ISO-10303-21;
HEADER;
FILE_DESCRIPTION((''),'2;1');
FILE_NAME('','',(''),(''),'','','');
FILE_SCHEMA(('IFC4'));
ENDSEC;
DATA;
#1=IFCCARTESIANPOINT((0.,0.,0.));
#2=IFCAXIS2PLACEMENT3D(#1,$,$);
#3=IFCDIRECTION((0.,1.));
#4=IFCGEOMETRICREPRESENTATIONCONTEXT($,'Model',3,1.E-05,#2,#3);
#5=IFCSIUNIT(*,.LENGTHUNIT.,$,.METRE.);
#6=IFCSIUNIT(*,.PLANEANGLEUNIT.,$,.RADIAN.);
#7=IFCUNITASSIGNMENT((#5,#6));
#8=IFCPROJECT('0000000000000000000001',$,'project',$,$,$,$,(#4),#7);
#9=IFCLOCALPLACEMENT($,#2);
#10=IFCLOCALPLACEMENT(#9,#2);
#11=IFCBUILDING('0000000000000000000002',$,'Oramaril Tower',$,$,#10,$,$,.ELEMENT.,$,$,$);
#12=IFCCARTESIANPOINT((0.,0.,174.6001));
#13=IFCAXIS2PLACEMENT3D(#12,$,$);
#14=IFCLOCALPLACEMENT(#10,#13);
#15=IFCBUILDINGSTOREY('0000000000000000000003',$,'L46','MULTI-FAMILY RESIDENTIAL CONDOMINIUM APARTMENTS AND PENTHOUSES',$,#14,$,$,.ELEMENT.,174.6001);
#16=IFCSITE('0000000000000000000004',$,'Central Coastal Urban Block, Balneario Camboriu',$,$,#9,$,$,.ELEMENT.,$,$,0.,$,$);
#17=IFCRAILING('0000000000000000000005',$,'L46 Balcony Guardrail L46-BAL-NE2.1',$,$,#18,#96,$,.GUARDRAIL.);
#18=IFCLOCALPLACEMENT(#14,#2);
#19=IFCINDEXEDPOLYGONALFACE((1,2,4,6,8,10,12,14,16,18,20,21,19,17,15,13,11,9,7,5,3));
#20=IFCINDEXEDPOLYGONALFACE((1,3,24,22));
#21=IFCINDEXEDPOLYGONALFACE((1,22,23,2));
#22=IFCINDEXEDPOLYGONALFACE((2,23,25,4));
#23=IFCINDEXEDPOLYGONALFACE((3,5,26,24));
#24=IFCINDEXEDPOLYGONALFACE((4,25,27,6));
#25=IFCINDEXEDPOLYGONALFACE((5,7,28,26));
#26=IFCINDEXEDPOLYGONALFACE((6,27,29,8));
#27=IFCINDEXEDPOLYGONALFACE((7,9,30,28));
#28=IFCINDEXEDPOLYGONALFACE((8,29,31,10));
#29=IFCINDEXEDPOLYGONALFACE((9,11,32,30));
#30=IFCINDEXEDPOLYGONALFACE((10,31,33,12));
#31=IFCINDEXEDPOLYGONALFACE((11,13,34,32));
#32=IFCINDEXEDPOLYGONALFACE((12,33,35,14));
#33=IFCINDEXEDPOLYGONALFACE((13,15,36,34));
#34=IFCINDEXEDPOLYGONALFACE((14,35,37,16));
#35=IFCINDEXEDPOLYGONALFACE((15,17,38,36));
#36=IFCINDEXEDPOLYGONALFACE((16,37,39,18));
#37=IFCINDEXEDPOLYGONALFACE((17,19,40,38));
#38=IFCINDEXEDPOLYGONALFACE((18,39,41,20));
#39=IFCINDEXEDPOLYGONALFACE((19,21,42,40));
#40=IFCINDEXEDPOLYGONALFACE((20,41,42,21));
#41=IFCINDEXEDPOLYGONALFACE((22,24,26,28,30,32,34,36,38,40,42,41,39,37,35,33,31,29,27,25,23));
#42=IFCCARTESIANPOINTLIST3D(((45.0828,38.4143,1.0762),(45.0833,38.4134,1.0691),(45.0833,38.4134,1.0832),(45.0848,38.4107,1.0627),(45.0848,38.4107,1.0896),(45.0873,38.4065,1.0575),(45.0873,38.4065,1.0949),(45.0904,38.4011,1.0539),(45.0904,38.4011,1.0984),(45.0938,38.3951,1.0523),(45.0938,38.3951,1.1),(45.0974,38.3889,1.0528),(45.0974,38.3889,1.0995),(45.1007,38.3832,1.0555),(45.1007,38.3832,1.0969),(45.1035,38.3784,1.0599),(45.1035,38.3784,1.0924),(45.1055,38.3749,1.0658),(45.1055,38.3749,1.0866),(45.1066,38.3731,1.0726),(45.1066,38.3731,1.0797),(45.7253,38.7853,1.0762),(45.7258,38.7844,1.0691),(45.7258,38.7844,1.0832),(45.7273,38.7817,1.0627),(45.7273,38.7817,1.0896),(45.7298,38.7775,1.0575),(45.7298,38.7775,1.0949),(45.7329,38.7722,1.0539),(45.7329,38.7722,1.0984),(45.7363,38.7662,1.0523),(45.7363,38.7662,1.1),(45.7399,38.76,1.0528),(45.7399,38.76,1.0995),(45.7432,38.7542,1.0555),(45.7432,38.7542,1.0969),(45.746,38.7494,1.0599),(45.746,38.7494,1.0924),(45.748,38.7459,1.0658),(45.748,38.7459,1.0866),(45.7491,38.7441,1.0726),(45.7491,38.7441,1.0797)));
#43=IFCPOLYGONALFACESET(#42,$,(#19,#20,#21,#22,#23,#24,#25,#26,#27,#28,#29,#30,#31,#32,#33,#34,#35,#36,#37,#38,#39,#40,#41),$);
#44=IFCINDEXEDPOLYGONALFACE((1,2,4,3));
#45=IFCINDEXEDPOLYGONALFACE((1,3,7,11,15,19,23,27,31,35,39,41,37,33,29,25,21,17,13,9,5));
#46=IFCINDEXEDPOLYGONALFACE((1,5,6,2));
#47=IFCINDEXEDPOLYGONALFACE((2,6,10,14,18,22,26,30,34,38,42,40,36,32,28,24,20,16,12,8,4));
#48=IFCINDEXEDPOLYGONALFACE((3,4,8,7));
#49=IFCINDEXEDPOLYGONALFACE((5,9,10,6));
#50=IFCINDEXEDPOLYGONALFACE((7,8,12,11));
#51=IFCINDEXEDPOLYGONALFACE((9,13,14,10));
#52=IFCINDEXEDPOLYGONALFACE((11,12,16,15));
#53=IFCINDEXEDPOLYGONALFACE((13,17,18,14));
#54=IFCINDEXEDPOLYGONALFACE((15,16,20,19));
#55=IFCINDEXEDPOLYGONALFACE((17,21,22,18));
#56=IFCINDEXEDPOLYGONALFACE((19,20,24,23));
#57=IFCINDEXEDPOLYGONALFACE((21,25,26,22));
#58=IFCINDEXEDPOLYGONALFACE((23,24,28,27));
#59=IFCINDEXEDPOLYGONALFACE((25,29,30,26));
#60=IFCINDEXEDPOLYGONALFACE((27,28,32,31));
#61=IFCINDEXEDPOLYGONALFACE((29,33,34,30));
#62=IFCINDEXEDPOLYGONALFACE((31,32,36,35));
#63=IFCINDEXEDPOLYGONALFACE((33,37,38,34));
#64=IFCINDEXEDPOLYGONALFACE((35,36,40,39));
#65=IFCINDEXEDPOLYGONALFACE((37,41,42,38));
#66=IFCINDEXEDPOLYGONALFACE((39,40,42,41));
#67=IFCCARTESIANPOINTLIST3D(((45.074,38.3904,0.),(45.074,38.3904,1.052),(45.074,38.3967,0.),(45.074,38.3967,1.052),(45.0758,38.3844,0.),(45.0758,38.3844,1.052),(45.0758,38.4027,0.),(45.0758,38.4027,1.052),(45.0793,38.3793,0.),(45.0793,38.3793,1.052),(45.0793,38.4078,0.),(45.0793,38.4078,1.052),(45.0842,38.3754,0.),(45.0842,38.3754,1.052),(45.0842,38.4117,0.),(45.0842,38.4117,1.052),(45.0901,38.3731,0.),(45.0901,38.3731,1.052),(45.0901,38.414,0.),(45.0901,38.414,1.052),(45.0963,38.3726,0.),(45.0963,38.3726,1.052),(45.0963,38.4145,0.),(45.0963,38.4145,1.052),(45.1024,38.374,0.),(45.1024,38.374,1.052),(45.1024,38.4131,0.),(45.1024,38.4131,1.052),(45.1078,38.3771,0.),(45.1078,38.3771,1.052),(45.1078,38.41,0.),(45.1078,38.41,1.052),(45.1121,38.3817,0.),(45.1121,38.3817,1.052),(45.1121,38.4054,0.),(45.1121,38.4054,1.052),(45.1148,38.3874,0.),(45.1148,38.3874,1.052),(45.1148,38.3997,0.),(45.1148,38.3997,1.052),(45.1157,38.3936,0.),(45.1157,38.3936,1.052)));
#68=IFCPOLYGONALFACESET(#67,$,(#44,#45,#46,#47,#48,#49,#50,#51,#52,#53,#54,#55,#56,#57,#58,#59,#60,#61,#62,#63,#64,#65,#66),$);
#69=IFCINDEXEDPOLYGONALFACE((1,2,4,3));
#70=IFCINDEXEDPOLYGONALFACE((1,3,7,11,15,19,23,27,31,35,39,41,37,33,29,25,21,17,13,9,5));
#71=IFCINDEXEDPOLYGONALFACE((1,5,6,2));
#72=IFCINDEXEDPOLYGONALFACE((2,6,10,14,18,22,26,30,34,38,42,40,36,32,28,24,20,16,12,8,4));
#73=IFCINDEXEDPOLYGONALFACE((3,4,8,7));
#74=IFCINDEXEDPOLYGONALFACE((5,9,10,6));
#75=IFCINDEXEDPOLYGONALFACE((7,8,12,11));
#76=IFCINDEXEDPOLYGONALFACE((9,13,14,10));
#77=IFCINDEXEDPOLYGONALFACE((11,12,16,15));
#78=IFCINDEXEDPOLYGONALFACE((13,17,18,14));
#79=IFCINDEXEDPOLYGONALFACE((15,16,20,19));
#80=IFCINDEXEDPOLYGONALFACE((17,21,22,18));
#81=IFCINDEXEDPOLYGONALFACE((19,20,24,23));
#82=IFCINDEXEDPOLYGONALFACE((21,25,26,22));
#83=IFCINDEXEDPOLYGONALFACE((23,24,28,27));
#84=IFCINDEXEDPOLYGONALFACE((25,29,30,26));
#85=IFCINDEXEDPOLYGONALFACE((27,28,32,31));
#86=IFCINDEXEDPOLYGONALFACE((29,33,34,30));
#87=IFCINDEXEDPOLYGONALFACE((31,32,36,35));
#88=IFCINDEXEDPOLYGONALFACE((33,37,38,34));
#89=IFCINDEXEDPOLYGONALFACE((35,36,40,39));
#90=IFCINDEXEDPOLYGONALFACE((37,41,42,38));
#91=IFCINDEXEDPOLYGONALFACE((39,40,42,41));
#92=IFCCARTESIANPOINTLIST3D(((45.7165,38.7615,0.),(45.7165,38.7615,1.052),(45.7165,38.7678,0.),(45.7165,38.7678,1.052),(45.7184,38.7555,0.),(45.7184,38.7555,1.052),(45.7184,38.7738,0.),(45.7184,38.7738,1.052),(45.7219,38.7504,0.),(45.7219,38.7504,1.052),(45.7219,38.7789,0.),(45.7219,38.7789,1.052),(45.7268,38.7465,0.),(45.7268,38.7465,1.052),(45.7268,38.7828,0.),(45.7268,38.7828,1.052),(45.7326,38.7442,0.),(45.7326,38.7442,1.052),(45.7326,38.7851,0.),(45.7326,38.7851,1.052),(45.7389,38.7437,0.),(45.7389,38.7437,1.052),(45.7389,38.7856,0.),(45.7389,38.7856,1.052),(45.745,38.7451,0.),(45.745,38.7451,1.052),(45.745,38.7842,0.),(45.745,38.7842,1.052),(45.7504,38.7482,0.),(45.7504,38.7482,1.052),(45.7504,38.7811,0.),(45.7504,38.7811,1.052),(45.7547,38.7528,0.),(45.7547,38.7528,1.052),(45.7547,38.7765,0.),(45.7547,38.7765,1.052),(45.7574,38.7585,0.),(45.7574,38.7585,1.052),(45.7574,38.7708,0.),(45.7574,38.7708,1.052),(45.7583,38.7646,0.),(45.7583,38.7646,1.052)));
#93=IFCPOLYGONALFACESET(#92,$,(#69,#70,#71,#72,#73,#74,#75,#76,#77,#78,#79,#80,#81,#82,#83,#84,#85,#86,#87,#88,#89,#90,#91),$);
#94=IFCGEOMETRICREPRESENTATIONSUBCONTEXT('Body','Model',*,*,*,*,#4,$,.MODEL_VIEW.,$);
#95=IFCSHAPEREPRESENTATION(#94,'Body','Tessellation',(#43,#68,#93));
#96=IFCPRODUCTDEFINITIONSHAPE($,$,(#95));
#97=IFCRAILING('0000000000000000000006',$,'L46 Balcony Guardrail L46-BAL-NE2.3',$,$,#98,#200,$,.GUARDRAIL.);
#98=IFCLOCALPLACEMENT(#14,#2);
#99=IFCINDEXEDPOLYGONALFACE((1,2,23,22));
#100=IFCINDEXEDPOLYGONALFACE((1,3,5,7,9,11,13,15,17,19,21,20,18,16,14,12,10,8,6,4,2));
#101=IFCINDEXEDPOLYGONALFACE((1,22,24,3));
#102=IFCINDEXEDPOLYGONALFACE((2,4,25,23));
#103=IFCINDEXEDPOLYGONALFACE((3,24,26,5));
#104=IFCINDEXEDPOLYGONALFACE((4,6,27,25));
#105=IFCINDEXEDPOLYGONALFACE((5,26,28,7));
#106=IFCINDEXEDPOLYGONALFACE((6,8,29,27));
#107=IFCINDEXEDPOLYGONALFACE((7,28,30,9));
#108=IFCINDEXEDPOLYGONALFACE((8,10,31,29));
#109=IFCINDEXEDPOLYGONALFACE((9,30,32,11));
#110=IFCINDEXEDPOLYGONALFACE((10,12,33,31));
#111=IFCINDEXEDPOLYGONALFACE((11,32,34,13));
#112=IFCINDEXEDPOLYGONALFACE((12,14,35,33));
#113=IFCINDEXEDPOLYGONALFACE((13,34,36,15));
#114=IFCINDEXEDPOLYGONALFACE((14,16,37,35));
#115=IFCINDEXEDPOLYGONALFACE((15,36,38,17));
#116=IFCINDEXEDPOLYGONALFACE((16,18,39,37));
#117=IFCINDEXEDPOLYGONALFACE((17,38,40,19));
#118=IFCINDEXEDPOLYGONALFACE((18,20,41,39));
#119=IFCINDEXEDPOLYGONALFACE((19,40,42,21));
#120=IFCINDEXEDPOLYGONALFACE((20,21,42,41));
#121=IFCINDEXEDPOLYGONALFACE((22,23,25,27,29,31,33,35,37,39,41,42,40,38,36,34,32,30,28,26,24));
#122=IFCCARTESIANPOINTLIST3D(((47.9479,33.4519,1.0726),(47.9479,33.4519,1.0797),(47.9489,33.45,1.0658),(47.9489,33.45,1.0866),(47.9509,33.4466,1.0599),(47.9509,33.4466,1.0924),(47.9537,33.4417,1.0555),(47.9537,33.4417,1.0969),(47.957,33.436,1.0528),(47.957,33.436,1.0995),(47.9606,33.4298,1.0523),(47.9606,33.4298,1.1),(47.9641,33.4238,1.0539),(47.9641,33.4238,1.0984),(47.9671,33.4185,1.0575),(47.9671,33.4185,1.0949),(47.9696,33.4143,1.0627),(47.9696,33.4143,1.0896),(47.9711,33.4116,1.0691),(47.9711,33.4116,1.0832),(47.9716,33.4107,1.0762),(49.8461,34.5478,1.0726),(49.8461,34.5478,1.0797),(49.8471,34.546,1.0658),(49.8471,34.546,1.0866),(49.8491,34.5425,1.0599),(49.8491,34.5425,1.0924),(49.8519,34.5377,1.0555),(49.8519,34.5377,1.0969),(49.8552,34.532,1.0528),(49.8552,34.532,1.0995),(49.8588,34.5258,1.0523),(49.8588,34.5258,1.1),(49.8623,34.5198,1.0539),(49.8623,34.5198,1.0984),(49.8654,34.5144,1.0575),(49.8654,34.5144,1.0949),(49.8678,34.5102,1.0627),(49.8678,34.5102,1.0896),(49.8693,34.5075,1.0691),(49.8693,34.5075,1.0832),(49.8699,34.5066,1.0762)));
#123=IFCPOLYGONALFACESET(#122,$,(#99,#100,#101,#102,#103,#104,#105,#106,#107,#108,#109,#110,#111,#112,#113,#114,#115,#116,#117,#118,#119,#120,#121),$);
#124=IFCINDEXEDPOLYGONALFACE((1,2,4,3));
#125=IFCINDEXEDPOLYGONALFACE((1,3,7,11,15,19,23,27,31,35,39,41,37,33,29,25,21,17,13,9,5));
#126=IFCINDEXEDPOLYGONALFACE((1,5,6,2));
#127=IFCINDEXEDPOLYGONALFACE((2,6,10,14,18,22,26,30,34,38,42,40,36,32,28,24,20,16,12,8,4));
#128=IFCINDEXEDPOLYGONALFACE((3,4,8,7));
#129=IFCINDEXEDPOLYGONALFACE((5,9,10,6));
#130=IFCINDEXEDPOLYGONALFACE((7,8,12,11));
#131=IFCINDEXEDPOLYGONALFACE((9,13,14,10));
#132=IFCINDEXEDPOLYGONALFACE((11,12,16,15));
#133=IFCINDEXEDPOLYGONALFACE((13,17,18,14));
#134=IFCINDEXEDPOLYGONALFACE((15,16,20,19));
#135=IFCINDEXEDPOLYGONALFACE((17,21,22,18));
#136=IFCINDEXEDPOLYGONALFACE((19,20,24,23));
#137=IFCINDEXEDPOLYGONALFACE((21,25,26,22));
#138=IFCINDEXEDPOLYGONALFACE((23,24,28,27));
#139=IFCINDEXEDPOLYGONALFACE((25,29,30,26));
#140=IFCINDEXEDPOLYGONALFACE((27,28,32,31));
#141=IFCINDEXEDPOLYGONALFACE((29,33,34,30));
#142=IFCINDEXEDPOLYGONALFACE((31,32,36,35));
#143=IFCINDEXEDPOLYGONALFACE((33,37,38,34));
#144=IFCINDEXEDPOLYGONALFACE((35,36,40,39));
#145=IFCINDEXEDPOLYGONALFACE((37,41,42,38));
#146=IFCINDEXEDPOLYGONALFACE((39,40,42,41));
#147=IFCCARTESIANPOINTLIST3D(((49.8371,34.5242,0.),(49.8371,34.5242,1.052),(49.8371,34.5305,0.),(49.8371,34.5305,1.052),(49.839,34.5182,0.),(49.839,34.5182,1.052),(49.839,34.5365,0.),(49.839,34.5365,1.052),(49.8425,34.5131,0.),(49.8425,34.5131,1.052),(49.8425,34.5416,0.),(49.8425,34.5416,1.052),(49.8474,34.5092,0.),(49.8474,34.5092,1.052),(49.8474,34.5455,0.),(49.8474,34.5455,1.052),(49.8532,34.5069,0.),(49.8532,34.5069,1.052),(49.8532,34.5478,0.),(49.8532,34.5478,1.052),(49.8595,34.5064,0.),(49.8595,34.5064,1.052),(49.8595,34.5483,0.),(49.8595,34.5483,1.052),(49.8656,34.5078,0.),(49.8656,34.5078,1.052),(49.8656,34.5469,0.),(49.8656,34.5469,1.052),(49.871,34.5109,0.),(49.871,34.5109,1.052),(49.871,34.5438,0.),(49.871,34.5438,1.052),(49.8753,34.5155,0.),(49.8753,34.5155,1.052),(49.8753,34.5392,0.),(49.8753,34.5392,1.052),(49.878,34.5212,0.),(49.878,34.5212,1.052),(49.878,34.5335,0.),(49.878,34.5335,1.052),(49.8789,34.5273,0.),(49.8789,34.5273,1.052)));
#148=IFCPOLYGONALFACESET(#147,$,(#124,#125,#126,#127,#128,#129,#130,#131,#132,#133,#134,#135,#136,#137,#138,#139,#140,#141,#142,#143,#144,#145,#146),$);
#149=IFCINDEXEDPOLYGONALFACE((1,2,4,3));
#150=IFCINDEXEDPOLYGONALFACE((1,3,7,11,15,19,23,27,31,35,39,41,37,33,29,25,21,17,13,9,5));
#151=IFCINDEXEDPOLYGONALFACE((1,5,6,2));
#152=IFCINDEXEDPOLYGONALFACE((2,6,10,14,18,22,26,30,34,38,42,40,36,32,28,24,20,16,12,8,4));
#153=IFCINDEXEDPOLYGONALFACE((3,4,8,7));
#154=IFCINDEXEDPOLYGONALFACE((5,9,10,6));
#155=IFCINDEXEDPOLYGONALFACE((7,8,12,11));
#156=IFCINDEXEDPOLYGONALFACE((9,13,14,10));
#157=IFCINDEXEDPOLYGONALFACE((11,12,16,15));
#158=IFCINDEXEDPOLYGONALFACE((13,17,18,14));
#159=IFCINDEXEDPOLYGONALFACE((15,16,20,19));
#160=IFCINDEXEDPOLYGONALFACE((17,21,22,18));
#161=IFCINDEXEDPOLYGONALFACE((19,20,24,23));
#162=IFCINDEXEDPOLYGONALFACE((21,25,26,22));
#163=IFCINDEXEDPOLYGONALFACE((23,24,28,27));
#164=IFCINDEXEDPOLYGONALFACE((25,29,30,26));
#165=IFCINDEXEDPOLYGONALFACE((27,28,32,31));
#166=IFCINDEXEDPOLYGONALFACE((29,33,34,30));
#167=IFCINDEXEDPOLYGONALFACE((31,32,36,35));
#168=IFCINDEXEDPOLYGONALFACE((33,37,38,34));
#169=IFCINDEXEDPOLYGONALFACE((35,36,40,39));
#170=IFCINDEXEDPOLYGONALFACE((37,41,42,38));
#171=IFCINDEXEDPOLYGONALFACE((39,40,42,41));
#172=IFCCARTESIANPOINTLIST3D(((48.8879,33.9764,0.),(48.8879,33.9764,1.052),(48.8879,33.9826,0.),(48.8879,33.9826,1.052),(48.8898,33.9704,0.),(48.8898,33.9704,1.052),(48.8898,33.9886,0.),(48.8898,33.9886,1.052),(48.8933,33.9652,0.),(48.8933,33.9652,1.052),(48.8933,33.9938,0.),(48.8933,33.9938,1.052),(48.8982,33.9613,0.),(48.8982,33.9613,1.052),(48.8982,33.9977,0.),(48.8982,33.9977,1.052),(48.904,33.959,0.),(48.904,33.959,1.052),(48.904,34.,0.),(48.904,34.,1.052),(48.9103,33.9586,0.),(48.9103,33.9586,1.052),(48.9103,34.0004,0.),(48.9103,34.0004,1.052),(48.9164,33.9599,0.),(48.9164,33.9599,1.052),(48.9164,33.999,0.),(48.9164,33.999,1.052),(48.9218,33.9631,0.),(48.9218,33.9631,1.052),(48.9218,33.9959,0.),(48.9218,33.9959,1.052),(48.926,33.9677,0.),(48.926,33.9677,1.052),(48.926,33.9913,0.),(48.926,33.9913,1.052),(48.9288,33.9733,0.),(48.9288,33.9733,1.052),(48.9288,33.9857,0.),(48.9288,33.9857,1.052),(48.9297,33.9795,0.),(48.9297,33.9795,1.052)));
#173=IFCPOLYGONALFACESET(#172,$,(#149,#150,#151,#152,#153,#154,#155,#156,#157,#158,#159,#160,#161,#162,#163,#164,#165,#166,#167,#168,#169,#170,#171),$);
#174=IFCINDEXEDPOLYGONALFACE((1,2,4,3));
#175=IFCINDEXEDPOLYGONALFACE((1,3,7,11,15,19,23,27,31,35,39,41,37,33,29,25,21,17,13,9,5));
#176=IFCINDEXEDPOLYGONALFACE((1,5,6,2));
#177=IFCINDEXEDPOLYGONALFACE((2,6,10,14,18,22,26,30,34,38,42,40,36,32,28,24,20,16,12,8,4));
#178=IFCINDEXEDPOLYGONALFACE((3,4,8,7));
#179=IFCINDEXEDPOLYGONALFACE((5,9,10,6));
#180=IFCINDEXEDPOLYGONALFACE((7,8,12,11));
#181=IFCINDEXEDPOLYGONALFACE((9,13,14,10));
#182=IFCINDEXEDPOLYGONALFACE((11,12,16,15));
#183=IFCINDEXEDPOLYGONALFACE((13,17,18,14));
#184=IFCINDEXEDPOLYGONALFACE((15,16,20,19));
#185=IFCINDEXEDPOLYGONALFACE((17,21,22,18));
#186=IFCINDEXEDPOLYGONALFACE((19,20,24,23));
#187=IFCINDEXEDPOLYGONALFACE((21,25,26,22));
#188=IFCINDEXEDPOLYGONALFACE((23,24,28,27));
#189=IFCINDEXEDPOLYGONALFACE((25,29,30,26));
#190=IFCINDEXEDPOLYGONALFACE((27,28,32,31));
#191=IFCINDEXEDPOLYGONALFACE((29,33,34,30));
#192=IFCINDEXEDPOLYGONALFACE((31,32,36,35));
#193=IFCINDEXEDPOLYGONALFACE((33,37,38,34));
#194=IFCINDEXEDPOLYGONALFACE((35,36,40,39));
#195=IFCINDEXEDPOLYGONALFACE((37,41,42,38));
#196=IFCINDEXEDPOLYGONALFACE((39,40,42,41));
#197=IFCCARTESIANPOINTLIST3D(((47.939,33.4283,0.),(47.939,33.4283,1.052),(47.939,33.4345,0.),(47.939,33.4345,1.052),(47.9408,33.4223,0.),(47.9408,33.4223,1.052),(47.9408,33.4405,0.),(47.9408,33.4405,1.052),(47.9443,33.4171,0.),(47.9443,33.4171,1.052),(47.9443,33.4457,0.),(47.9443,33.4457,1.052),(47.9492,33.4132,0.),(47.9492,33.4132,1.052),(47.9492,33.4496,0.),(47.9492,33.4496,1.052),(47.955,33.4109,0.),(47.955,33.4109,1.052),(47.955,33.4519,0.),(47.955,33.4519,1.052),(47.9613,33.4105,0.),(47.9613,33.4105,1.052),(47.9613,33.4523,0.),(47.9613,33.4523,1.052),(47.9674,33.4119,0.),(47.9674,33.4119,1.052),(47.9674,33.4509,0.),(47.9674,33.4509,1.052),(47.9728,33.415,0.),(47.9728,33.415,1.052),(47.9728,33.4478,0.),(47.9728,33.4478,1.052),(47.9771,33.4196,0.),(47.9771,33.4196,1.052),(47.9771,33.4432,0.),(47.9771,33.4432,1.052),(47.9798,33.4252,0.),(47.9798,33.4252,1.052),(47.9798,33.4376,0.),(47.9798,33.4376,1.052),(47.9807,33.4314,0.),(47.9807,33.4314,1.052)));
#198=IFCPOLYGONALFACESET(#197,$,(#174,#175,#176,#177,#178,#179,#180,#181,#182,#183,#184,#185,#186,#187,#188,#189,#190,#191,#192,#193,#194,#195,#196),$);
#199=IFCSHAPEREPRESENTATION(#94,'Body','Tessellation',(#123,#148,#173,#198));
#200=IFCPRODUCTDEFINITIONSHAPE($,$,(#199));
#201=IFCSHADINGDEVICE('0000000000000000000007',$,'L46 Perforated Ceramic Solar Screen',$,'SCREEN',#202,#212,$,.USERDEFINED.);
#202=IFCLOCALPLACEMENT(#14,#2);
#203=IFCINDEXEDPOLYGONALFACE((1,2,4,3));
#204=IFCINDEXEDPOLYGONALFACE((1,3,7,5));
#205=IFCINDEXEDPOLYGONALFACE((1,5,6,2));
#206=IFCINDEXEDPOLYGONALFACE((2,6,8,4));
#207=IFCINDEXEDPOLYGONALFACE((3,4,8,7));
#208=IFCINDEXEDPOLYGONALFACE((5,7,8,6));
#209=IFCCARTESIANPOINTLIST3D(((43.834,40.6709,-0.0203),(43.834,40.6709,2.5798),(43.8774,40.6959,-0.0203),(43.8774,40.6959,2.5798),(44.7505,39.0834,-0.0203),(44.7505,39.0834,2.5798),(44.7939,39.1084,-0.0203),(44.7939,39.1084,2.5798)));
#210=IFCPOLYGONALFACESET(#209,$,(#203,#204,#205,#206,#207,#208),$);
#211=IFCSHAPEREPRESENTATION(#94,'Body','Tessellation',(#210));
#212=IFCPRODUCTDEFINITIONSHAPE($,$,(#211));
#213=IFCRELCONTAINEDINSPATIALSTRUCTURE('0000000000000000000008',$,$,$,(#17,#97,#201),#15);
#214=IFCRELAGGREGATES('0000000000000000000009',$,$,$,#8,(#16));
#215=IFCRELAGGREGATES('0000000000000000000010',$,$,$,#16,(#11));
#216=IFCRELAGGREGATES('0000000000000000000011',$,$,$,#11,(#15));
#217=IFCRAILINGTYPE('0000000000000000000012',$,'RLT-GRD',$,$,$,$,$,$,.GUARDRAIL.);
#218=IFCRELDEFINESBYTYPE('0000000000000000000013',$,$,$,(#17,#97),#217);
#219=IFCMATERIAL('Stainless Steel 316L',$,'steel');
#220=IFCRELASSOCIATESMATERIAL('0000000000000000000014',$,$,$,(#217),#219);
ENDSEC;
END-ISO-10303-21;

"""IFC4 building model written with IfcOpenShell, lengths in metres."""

from ifc_helpers import new_model, si_unit, direction, frame, origin, origin_2d, place, context, subcontext, project, spatial, rectangle, circle, extrude, material, type_object, element, save


model = new_model("IFC4")

# Units and contexts
model_context = context("Model", 3, precision=1e-05, world=origin(), true_north=direction((0.0, 1.0)))
body_context = subcontext(model_context, "Body", "Model", "MODEL_VIEW")
ifc_project = project(units=[si_unit("LENGTHUNIT", "METRE"), si_unit("PLANEANGLEUNIT", "RADIAN")], contexts=[model_context])

# Site, building, storey
site_placement = place(None, origin())
site = spatial("IfcSite", under=ifc_project, at=site_placement, Name="Central Coastal Urban Block, Balneario Camboriu", CompositionType="ELEMENT", RefElevation=0.0)
building_placement = place(site_placement, origin())
building = spatial("IfcBuilding", under=site, at=building_placement, Name="Oramaril Tower", CompositionType="ELEMENT")
storey_placement = place(building_placement, frame((0.0, 0.0, 174.6001)))
storey = spatial("IfcBuildingStorey", under=building, at=storey_placement, Name="L46", Description="MULTI-FAMILY RESIDENTIAL CONDOMINIUM APARTMENTS AND PENTHOUSES", CompositionType="ELEMENT", Elevation=174.6001)

# Railings
ifc_material_1 = material(Name="Stainless Steel 316L", Category="steel")
railing_type = type_object("IfcRailingType", Name="RLT-GRD", PredefinedType="GUARDRAIL", material=ifc_material_1)
railing_1_placement = place(storey_placement, frame((45.0947, 38.3936, 0.0)))
element("IfcRailing", 1, at=railing_1_placement, inside=storey, type_object=railing_type, Name="L46 Balcony Guardrail L46-BAL-NE2.1", PredefinedType="GUARDRAIL", context=body_context, shape_type="SweptSolid", body=[
    extrude(circle(Radius=0.0239, at=origin_2d()), frame((0.0, 0.0, 1.0762), z_axis=(0.865966, 0.500102, 0.0), x_axis=(-0.500102, 0.865966, 0.0)), (0.0, 0.0, 1.0), 0.7419),
    extrude(circle(Radius=0.021, at=origin_2d()), origin(), (0.0, 0.0, 1.0), 1.052),
    extrude(circle(Radius=0.021, at=origin_2d()), frame((0.6426, 0.3711, 0.0)), (0.0, 0.0, 1.0), 1.052),
])
railing_2_placement = place(storey_placement, frame((49.8579, 34.5273, 0.0)))
element("IfcRailing", 2, at=railing_2_placement, inside=storey, type_object=railing_type, Name="L46 Balcony Guardrail L46-BAL-NE2.3", PredefinedType="GUARDRAIL", context=body_context, shape_type="SweptSolid", body=[
    extrude(circle(Radius=0.0239, at=origin_2d()), frame((0.0, 0.0, 1.0762), z_axis=(-0.866021, -0.500008, 0.0), x_axis=(0.500008, -0.866021, 0.0)), (0.0, 0.0, 1.0), 2.1919),
    extrude(circle(Radius=0.021, at=origin_2d()), origin(), (0.0, 0.0, 1.0), 1.052),
    extrude(circle(Radius=0.021, at=origin_2d()), frame((-0.9492, -0.5479, 0.0)), (0.0, 0.0, 1.0), 1.052),
    extrude(circle(Radius=0.021, at=origin_2d()), frame((-1.8982, -1.0959, 0.0)), (0.0, 0.0, 1.0), 1.052),
])

# Shading device
for number, where, z_axis, x_axis, name in (
    (3, (44.314, 39.8896, -0.0203), (0.0, 0.0, 1.0), (-0.5, 0.866025, 0.0), "L46 Perforated Ceramic Solar Screen"),
):
    element("IfcShadingDevice", number, at=place(storey_placement, frame(where, z_axis=z_axis, x_axis=x_axis)), inside=storey, Name=name, ObjectType="SCREEN", PredefinedType="USERDEFINED", context=body_context, shape_type="SweptSolid", body=[
        extrude(rectangle(XDim=1.833, YDim=0.05, at=origin_2d()), origin(), (0.0, 0.0, 1.0), 2.6001),
    ])

save(model, "model.ifc")
